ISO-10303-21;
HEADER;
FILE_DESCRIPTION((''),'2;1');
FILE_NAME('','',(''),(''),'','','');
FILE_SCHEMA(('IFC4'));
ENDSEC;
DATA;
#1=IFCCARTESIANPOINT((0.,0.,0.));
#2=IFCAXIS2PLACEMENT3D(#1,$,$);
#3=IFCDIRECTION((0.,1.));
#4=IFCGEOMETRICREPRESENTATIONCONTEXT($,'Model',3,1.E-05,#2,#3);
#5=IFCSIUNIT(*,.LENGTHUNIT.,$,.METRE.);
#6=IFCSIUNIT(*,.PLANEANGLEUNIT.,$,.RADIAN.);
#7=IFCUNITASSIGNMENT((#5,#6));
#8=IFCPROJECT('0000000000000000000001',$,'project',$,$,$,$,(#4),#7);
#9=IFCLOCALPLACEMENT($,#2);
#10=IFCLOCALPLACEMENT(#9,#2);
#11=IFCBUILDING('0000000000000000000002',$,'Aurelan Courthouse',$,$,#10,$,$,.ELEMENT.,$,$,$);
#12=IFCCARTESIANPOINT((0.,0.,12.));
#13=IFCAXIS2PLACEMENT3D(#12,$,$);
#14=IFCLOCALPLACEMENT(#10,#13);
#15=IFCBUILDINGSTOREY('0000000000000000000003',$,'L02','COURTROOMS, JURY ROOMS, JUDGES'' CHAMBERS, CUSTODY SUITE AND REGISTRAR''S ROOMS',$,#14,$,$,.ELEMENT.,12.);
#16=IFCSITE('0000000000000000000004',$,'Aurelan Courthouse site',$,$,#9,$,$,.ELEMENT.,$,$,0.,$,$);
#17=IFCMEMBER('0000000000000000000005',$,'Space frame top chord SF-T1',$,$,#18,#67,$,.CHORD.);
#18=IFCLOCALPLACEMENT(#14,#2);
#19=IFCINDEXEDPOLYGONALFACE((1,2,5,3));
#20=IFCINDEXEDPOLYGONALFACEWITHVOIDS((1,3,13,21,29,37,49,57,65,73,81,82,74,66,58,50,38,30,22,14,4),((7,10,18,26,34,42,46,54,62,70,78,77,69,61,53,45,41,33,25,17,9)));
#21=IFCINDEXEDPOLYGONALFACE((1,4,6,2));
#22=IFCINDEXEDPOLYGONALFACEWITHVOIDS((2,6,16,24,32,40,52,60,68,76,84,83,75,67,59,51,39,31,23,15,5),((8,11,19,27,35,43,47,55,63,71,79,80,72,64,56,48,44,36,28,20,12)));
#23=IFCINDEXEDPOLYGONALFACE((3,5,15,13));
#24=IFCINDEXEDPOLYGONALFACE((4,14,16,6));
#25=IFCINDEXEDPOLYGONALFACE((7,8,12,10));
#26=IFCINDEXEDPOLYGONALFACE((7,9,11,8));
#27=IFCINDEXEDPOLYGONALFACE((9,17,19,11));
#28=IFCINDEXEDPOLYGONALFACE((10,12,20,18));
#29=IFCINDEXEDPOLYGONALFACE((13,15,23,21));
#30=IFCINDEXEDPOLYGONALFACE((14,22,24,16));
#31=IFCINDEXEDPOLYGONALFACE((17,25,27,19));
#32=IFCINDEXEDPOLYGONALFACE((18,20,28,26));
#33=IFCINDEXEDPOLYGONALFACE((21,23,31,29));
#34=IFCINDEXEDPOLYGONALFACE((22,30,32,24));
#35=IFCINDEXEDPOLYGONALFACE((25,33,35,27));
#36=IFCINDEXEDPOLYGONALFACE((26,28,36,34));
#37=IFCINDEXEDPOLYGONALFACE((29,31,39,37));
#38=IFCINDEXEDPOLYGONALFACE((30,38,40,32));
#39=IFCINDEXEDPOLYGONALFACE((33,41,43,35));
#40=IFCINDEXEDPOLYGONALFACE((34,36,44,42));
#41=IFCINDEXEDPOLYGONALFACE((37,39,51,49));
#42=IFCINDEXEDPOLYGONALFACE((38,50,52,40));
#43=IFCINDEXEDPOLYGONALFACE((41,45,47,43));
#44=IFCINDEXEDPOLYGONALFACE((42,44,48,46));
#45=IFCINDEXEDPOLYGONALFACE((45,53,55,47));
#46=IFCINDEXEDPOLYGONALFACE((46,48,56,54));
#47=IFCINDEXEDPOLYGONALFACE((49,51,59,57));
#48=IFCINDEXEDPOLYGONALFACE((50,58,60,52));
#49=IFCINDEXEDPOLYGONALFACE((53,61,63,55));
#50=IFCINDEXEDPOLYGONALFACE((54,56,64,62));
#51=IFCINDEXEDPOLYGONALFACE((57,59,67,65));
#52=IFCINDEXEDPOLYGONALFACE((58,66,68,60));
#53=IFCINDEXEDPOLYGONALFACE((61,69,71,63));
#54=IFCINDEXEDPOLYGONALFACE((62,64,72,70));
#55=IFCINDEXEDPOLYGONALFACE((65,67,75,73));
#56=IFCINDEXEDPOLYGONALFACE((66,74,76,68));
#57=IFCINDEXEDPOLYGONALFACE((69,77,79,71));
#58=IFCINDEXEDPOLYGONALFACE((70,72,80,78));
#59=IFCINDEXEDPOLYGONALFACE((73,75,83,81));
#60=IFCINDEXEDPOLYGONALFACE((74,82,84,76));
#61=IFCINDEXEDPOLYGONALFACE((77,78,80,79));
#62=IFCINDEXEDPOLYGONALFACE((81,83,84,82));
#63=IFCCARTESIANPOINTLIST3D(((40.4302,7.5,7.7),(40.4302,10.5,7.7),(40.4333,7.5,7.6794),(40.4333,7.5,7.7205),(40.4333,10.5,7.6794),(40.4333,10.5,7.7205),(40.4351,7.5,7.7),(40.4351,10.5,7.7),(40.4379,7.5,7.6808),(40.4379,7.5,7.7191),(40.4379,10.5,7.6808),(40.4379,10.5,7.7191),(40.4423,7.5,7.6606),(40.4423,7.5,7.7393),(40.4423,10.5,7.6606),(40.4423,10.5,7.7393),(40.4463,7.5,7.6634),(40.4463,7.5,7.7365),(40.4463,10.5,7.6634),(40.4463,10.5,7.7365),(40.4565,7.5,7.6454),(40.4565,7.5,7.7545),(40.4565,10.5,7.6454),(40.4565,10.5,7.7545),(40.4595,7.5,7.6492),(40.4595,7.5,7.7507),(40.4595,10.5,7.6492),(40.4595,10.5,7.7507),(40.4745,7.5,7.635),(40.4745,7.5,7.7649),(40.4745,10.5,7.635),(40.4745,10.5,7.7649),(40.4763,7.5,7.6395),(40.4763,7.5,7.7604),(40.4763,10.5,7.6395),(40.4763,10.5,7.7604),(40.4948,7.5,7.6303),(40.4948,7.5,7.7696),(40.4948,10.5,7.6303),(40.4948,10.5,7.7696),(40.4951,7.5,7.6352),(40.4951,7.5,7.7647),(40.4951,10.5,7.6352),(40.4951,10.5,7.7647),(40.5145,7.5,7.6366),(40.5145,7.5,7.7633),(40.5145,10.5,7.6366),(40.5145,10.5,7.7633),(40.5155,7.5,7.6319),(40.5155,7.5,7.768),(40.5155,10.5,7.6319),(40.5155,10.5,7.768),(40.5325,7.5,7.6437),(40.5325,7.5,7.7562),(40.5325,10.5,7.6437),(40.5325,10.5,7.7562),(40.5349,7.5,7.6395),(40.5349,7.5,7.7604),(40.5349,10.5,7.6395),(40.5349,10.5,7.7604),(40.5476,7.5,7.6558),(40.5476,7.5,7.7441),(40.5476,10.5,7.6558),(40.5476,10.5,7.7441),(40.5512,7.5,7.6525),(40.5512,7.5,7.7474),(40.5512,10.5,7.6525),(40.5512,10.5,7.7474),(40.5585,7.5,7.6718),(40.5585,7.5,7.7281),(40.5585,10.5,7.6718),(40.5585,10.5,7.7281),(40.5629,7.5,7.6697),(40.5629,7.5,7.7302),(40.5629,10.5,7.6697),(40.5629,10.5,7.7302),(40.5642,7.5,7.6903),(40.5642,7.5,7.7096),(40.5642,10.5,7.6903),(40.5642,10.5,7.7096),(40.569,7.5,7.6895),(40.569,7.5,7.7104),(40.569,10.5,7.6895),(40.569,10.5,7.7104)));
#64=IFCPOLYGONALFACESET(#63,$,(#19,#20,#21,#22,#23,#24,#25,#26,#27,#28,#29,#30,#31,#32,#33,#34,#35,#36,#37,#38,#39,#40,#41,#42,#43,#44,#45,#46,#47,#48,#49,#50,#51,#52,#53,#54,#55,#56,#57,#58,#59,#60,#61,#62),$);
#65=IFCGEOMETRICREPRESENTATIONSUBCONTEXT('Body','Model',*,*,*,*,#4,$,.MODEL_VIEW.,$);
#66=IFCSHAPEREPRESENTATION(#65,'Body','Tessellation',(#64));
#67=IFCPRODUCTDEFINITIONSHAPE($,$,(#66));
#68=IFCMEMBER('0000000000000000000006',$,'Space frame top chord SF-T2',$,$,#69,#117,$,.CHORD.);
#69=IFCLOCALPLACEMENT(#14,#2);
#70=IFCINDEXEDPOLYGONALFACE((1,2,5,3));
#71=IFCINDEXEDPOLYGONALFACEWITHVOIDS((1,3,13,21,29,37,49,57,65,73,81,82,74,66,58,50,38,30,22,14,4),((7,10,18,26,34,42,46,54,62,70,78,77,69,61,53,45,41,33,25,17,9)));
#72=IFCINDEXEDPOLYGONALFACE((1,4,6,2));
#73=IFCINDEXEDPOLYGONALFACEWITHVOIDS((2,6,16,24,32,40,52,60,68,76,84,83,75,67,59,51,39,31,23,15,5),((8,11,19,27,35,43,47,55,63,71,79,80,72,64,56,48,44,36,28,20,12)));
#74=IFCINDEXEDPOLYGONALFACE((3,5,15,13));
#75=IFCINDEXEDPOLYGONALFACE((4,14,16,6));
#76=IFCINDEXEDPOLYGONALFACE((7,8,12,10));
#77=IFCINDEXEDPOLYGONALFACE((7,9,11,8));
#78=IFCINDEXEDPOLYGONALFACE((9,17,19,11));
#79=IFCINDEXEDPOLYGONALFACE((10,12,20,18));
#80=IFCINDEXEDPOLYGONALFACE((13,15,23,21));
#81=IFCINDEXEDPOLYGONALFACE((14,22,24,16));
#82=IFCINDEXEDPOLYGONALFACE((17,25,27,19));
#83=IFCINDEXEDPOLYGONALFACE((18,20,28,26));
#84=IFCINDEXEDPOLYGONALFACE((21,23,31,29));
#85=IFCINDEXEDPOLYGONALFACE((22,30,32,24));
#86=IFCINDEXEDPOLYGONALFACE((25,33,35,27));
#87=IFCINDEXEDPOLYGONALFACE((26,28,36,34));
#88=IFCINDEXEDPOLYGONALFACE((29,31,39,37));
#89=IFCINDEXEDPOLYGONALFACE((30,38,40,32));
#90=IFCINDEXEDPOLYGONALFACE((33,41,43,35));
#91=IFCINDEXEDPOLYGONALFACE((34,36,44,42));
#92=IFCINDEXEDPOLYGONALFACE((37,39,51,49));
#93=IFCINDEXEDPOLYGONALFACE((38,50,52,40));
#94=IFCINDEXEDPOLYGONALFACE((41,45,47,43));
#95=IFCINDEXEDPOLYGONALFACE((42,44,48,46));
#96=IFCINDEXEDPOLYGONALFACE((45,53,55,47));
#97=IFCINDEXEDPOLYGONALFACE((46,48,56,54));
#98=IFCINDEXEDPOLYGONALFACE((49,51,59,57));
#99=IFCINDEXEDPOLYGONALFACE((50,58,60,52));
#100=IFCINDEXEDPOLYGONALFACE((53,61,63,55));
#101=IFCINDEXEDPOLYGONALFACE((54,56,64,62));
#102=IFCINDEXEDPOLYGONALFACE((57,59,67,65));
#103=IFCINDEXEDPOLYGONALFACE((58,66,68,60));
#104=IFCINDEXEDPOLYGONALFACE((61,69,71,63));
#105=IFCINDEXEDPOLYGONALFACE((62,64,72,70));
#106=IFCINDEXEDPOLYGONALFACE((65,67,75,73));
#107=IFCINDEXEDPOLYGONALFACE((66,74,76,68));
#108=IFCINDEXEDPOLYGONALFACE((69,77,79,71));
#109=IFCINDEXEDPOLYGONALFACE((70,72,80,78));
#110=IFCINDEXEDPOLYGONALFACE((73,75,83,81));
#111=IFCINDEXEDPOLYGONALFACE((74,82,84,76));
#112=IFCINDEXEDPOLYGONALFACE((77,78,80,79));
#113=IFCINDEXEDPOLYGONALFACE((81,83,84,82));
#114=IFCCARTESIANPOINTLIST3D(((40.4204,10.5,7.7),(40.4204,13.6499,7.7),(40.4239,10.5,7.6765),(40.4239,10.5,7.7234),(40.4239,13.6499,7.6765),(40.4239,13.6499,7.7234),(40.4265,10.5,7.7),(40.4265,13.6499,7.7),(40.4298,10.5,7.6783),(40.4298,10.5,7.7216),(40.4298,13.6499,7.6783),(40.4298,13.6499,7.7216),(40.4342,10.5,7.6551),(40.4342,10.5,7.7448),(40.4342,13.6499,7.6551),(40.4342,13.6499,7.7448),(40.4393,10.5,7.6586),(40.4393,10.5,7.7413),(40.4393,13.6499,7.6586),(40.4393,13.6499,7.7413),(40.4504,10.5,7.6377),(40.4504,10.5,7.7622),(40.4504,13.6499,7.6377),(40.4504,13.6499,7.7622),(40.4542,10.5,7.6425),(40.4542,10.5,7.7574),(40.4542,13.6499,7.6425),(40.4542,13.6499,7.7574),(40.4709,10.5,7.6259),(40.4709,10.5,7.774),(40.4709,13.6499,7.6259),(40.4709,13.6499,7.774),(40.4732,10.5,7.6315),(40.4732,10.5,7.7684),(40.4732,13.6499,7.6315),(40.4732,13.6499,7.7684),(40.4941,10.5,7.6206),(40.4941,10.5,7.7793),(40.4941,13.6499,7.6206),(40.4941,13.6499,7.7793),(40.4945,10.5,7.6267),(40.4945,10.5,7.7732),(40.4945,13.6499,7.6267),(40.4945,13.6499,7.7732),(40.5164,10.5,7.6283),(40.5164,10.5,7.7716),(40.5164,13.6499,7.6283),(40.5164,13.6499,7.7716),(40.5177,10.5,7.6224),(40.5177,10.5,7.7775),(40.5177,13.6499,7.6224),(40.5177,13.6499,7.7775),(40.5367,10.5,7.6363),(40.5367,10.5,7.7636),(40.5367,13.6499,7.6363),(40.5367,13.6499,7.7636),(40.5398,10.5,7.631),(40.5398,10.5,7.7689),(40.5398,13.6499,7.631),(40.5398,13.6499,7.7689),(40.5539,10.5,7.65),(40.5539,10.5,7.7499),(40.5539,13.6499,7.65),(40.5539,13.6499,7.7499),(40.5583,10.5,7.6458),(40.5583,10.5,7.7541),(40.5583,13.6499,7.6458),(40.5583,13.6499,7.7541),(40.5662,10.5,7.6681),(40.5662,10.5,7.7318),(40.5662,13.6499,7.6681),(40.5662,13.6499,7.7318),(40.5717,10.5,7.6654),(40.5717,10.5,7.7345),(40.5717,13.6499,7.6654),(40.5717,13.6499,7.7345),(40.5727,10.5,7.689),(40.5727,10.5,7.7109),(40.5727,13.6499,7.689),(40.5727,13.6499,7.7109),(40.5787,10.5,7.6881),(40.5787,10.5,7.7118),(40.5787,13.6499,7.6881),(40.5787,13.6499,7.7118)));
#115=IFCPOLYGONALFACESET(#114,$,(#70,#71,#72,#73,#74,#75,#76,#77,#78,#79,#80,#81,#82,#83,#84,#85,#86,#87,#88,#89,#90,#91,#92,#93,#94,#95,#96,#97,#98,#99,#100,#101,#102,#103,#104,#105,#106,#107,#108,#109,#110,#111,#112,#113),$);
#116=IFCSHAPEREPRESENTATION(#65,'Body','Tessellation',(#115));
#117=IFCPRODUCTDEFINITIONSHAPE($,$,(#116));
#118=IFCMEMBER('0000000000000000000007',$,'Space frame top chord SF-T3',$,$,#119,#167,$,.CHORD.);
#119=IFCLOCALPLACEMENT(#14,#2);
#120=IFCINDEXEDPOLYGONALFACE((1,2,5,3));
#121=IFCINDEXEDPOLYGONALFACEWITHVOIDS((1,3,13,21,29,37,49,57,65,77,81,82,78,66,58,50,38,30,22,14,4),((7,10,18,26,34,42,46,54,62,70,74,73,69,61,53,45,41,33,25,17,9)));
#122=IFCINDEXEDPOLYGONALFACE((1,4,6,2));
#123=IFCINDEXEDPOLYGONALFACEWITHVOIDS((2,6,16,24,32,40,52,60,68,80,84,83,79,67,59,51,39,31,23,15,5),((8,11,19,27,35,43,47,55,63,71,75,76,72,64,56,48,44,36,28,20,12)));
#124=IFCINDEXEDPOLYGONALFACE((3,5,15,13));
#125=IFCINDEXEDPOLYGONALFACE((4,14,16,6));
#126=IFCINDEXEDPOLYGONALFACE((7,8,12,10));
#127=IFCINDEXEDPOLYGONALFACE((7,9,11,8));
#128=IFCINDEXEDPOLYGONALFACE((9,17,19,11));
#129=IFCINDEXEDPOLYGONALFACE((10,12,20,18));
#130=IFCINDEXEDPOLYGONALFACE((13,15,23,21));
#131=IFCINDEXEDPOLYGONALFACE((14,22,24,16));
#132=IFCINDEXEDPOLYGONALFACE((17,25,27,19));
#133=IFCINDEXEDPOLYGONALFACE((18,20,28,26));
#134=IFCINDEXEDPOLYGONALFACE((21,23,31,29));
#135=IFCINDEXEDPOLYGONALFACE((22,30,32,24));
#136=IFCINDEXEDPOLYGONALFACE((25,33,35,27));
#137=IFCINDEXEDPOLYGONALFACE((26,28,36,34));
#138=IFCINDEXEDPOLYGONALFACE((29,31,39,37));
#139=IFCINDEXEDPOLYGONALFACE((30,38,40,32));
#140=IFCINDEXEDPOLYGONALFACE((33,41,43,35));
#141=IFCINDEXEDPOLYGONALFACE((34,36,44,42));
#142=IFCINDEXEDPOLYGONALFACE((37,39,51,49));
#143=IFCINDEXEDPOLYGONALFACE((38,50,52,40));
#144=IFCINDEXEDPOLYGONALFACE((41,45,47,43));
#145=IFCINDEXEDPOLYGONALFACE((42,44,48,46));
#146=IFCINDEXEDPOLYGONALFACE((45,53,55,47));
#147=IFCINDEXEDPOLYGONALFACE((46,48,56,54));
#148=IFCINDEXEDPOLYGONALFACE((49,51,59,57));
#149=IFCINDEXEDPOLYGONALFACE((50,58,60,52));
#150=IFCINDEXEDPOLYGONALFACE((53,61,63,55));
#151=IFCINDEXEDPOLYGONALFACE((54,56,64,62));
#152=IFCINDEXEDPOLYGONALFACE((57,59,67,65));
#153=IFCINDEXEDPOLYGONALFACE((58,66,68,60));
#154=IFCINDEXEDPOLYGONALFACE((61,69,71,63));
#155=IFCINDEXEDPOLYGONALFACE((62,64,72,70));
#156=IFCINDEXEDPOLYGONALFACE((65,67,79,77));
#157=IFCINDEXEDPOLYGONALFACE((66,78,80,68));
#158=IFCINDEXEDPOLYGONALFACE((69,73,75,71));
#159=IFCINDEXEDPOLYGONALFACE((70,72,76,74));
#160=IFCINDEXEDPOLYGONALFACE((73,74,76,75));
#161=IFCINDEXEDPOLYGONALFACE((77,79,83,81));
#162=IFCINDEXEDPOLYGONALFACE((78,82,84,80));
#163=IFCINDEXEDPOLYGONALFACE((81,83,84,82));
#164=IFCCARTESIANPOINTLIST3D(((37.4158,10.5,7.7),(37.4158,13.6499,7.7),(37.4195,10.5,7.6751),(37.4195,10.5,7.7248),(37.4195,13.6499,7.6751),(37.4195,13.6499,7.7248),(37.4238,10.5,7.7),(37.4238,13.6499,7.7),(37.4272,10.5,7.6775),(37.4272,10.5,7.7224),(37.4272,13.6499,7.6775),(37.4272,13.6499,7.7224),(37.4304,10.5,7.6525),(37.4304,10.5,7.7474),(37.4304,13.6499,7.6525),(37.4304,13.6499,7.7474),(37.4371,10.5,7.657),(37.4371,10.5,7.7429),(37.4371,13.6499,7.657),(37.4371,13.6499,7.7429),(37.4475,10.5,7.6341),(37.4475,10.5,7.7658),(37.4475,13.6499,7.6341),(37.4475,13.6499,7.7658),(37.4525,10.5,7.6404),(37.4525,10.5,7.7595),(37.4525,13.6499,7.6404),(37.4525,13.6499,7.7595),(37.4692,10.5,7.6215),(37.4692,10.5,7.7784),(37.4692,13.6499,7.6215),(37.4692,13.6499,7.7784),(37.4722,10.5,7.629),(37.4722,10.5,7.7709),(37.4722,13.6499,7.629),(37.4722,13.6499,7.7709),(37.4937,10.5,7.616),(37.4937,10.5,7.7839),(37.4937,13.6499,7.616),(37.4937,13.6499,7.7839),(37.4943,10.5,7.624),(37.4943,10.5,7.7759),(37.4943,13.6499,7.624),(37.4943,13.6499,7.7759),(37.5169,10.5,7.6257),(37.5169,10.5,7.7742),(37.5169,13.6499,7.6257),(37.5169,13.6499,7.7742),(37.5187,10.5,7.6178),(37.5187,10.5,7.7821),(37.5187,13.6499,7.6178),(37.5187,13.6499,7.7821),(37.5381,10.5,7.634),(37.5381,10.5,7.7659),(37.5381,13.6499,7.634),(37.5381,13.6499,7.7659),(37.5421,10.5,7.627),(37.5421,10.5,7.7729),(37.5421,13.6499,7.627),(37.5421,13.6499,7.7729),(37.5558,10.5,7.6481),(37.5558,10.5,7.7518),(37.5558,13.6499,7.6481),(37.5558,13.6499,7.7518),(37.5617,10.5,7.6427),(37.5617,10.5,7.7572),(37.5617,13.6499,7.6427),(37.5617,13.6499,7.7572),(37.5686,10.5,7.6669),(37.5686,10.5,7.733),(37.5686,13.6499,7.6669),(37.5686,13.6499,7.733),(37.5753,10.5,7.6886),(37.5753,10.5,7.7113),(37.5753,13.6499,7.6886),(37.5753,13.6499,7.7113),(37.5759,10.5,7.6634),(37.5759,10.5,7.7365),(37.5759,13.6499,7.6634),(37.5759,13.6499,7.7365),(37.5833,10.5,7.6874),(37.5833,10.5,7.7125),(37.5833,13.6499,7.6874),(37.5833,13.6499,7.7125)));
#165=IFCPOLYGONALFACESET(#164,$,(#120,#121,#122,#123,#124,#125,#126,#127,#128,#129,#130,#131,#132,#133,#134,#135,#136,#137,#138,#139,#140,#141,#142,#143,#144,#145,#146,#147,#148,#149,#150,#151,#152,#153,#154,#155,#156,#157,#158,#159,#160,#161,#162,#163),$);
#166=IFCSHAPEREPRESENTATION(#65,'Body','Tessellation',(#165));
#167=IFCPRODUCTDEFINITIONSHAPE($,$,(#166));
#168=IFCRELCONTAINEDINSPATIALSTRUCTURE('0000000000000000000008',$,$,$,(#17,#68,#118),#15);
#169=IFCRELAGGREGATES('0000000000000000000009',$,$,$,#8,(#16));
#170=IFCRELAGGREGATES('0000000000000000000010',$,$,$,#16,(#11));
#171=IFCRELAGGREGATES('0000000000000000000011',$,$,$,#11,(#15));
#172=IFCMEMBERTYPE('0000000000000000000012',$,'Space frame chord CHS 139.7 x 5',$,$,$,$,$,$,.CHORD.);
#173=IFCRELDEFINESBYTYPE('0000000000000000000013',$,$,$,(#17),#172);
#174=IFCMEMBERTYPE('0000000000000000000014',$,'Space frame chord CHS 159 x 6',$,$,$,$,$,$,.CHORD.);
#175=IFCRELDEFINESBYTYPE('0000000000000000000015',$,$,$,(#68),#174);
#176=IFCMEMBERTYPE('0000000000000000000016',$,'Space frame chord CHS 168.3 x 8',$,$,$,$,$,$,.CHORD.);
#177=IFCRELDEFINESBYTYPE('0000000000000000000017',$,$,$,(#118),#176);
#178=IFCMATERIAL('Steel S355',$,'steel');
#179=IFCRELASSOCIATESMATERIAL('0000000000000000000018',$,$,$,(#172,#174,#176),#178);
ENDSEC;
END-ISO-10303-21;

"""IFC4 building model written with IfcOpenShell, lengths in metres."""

from ifc_helpers import new_model, si_unit, direction, frame, origin, origin_2d, place, context, subcontext, project, spatial, hollow_circle, extrude, material, material_profile, profile_set, type_object, element, save


model = new_model("IFC4")

# Units and contexts
model_context = context("Model", 3, precision=1e-05, world=origin(), true_north=direction((0.0, 1.0)))
body_context = subcontext(model_context, "Body", "Model", "MODEL_VIEW")
ifc_project = project(units=[si_unit("LENGTHUNIT", "METRE"), si_unit("PLANEANGLEUNIT", "RADIAN")], contexts=[model_context])

# Site, building, storey
site_placement = place(None, origin())
site = spatial("IfcSite", under=ifc_project, at=site_placement, Name="Aurelan Courthouse site", CompositionType="ELEMENT", RefElevation=0.0)
building_placement = place(site_placement, origin())
building = spatial("IfcBuilding", under=site, at=building_placement, Name="Aurelan Courthouse", CompositionType="ELEMENT")
storey_placement = place(building_placement, frame((0.0, 0.0, 12.0)))
storey = spatial("IfcBuildingStorey", under=building, at=storey_placement, Name="L02", Description="COURTROOMS, JURY ROOMS, JUDGES' CHAMBERS, CUSTODY SUITE AND REGISTRAR'S ROOMS", CompositionType="ELEMENT", Elevation=12.0)

# Members
ifc_material_1 = material(Name="Steel S355", Category="steel")
ifc_material_profile_1 = material_profile(ifc_material_1, hollow_circle(Radius=0.0698, WallThickness=0.0049, at=origin_2d()), Name="CHS 139.7 x 5")
ifc_profile_set_1 = profile_set([ifc_material_profile_1], Name="Steel S355")
member_type_1 = type_object("IfcMemberType", Name="Space frame chord CHS 139.7 x 5", PredefinedType="CHORD", material=ifc_profile_set_1)
for number, where, z_axis, x_axis, name in (
    (1, (40.5, 7.5, 7.7), (0.0, 1.0, 0.0), (-1.0, 0.0, 0.0), "Space frame top chord SF-T1"),
):
    element("IfcMember", number, at=place(storey_placement, frame(where, z_axis=z_axis, x_axis=x_axis)), inside=storey, type_object=member_type_1, Name=name, PredefinedType="CHORD", context=body_context, shape_type="SweptSolid", body=[
        extrude(hollow_circle(Radius=0.0698, WallThickness=0.0049, at=origin_2d()), origin(), (0.0, 0.0, 1.0), 3.0),
    ])
ifc_material_profile_2 = material_profile(ifc_material_1, hollow_circle(Radius=0.0796, WallThickness=0.0061, at=origin_2d()), Name="CHS 159 x 6")
ifc_profile_set_2 = profile_set([ifc_material_profile_2], Name="Steel S355")
member_type_2 = type_object("IfcMemberType", Name="Space frame chord CHS 159 x 6", PredefinedType="CHORD", material=ifc_profile_set_2)
member_1_placement = place(storey_placement, frame((40.5, 10.5, 7.7), z_axis=(0.0, 1.0, 0.0), x_axis=(-1.0, 0.0, 0.0)))
element("IfcMember", 2, at=member_1_placement, inside=storey, type_object=member_type_2, Name="Space frame top chord SF-T2", PredefinedType="CHORD", context=body_context, shape_type="SweptSolid", body=[
    extrude(hollow_circle(Radius=0.0796, WallThickness=0.0061, at=origin_2d()), origin(), (0.0, 0.0, 1.0), 3.1499),
])
ifc_material_profile_3 = material_profile(ifc_material_1, hollow_circle(Radius=0.0842, WallThickness=0.0081, at=origin_2d()), Name="CHS 168.3 x 8")
ifc_profile_set_3 = profile_set([ifc_material_profile_3], Name="Steel S355")
member_type_3 = type_object("IfcMemberType", Name="Space frame chord CHS 168.3 x 8", PredefinedType="CHORD", material=ifc_profile_set_3)
member_2_placement = place(storey_placement, frame((37.5, 10.5, 7.7), z_axis=(0.0, 1.0, 0.0), x_axis=(-1.0, 0.0, 0.0)))
element("IfcMember", 3, at=member_2_placement, inside=storey, type_object=member_type_3, Name="Space frame top chord SF-T3", PredefinedType="CHORD", context=body_context, shape_type="SweptSolid", body=[
    extrude(hollow_circle(Radius=0.0842, WallThickness=0.0081, at=origin_2d()), origin(), (0.0, 0.0, 1.0), 3.1499),
])

save(model, "model.ifc")
